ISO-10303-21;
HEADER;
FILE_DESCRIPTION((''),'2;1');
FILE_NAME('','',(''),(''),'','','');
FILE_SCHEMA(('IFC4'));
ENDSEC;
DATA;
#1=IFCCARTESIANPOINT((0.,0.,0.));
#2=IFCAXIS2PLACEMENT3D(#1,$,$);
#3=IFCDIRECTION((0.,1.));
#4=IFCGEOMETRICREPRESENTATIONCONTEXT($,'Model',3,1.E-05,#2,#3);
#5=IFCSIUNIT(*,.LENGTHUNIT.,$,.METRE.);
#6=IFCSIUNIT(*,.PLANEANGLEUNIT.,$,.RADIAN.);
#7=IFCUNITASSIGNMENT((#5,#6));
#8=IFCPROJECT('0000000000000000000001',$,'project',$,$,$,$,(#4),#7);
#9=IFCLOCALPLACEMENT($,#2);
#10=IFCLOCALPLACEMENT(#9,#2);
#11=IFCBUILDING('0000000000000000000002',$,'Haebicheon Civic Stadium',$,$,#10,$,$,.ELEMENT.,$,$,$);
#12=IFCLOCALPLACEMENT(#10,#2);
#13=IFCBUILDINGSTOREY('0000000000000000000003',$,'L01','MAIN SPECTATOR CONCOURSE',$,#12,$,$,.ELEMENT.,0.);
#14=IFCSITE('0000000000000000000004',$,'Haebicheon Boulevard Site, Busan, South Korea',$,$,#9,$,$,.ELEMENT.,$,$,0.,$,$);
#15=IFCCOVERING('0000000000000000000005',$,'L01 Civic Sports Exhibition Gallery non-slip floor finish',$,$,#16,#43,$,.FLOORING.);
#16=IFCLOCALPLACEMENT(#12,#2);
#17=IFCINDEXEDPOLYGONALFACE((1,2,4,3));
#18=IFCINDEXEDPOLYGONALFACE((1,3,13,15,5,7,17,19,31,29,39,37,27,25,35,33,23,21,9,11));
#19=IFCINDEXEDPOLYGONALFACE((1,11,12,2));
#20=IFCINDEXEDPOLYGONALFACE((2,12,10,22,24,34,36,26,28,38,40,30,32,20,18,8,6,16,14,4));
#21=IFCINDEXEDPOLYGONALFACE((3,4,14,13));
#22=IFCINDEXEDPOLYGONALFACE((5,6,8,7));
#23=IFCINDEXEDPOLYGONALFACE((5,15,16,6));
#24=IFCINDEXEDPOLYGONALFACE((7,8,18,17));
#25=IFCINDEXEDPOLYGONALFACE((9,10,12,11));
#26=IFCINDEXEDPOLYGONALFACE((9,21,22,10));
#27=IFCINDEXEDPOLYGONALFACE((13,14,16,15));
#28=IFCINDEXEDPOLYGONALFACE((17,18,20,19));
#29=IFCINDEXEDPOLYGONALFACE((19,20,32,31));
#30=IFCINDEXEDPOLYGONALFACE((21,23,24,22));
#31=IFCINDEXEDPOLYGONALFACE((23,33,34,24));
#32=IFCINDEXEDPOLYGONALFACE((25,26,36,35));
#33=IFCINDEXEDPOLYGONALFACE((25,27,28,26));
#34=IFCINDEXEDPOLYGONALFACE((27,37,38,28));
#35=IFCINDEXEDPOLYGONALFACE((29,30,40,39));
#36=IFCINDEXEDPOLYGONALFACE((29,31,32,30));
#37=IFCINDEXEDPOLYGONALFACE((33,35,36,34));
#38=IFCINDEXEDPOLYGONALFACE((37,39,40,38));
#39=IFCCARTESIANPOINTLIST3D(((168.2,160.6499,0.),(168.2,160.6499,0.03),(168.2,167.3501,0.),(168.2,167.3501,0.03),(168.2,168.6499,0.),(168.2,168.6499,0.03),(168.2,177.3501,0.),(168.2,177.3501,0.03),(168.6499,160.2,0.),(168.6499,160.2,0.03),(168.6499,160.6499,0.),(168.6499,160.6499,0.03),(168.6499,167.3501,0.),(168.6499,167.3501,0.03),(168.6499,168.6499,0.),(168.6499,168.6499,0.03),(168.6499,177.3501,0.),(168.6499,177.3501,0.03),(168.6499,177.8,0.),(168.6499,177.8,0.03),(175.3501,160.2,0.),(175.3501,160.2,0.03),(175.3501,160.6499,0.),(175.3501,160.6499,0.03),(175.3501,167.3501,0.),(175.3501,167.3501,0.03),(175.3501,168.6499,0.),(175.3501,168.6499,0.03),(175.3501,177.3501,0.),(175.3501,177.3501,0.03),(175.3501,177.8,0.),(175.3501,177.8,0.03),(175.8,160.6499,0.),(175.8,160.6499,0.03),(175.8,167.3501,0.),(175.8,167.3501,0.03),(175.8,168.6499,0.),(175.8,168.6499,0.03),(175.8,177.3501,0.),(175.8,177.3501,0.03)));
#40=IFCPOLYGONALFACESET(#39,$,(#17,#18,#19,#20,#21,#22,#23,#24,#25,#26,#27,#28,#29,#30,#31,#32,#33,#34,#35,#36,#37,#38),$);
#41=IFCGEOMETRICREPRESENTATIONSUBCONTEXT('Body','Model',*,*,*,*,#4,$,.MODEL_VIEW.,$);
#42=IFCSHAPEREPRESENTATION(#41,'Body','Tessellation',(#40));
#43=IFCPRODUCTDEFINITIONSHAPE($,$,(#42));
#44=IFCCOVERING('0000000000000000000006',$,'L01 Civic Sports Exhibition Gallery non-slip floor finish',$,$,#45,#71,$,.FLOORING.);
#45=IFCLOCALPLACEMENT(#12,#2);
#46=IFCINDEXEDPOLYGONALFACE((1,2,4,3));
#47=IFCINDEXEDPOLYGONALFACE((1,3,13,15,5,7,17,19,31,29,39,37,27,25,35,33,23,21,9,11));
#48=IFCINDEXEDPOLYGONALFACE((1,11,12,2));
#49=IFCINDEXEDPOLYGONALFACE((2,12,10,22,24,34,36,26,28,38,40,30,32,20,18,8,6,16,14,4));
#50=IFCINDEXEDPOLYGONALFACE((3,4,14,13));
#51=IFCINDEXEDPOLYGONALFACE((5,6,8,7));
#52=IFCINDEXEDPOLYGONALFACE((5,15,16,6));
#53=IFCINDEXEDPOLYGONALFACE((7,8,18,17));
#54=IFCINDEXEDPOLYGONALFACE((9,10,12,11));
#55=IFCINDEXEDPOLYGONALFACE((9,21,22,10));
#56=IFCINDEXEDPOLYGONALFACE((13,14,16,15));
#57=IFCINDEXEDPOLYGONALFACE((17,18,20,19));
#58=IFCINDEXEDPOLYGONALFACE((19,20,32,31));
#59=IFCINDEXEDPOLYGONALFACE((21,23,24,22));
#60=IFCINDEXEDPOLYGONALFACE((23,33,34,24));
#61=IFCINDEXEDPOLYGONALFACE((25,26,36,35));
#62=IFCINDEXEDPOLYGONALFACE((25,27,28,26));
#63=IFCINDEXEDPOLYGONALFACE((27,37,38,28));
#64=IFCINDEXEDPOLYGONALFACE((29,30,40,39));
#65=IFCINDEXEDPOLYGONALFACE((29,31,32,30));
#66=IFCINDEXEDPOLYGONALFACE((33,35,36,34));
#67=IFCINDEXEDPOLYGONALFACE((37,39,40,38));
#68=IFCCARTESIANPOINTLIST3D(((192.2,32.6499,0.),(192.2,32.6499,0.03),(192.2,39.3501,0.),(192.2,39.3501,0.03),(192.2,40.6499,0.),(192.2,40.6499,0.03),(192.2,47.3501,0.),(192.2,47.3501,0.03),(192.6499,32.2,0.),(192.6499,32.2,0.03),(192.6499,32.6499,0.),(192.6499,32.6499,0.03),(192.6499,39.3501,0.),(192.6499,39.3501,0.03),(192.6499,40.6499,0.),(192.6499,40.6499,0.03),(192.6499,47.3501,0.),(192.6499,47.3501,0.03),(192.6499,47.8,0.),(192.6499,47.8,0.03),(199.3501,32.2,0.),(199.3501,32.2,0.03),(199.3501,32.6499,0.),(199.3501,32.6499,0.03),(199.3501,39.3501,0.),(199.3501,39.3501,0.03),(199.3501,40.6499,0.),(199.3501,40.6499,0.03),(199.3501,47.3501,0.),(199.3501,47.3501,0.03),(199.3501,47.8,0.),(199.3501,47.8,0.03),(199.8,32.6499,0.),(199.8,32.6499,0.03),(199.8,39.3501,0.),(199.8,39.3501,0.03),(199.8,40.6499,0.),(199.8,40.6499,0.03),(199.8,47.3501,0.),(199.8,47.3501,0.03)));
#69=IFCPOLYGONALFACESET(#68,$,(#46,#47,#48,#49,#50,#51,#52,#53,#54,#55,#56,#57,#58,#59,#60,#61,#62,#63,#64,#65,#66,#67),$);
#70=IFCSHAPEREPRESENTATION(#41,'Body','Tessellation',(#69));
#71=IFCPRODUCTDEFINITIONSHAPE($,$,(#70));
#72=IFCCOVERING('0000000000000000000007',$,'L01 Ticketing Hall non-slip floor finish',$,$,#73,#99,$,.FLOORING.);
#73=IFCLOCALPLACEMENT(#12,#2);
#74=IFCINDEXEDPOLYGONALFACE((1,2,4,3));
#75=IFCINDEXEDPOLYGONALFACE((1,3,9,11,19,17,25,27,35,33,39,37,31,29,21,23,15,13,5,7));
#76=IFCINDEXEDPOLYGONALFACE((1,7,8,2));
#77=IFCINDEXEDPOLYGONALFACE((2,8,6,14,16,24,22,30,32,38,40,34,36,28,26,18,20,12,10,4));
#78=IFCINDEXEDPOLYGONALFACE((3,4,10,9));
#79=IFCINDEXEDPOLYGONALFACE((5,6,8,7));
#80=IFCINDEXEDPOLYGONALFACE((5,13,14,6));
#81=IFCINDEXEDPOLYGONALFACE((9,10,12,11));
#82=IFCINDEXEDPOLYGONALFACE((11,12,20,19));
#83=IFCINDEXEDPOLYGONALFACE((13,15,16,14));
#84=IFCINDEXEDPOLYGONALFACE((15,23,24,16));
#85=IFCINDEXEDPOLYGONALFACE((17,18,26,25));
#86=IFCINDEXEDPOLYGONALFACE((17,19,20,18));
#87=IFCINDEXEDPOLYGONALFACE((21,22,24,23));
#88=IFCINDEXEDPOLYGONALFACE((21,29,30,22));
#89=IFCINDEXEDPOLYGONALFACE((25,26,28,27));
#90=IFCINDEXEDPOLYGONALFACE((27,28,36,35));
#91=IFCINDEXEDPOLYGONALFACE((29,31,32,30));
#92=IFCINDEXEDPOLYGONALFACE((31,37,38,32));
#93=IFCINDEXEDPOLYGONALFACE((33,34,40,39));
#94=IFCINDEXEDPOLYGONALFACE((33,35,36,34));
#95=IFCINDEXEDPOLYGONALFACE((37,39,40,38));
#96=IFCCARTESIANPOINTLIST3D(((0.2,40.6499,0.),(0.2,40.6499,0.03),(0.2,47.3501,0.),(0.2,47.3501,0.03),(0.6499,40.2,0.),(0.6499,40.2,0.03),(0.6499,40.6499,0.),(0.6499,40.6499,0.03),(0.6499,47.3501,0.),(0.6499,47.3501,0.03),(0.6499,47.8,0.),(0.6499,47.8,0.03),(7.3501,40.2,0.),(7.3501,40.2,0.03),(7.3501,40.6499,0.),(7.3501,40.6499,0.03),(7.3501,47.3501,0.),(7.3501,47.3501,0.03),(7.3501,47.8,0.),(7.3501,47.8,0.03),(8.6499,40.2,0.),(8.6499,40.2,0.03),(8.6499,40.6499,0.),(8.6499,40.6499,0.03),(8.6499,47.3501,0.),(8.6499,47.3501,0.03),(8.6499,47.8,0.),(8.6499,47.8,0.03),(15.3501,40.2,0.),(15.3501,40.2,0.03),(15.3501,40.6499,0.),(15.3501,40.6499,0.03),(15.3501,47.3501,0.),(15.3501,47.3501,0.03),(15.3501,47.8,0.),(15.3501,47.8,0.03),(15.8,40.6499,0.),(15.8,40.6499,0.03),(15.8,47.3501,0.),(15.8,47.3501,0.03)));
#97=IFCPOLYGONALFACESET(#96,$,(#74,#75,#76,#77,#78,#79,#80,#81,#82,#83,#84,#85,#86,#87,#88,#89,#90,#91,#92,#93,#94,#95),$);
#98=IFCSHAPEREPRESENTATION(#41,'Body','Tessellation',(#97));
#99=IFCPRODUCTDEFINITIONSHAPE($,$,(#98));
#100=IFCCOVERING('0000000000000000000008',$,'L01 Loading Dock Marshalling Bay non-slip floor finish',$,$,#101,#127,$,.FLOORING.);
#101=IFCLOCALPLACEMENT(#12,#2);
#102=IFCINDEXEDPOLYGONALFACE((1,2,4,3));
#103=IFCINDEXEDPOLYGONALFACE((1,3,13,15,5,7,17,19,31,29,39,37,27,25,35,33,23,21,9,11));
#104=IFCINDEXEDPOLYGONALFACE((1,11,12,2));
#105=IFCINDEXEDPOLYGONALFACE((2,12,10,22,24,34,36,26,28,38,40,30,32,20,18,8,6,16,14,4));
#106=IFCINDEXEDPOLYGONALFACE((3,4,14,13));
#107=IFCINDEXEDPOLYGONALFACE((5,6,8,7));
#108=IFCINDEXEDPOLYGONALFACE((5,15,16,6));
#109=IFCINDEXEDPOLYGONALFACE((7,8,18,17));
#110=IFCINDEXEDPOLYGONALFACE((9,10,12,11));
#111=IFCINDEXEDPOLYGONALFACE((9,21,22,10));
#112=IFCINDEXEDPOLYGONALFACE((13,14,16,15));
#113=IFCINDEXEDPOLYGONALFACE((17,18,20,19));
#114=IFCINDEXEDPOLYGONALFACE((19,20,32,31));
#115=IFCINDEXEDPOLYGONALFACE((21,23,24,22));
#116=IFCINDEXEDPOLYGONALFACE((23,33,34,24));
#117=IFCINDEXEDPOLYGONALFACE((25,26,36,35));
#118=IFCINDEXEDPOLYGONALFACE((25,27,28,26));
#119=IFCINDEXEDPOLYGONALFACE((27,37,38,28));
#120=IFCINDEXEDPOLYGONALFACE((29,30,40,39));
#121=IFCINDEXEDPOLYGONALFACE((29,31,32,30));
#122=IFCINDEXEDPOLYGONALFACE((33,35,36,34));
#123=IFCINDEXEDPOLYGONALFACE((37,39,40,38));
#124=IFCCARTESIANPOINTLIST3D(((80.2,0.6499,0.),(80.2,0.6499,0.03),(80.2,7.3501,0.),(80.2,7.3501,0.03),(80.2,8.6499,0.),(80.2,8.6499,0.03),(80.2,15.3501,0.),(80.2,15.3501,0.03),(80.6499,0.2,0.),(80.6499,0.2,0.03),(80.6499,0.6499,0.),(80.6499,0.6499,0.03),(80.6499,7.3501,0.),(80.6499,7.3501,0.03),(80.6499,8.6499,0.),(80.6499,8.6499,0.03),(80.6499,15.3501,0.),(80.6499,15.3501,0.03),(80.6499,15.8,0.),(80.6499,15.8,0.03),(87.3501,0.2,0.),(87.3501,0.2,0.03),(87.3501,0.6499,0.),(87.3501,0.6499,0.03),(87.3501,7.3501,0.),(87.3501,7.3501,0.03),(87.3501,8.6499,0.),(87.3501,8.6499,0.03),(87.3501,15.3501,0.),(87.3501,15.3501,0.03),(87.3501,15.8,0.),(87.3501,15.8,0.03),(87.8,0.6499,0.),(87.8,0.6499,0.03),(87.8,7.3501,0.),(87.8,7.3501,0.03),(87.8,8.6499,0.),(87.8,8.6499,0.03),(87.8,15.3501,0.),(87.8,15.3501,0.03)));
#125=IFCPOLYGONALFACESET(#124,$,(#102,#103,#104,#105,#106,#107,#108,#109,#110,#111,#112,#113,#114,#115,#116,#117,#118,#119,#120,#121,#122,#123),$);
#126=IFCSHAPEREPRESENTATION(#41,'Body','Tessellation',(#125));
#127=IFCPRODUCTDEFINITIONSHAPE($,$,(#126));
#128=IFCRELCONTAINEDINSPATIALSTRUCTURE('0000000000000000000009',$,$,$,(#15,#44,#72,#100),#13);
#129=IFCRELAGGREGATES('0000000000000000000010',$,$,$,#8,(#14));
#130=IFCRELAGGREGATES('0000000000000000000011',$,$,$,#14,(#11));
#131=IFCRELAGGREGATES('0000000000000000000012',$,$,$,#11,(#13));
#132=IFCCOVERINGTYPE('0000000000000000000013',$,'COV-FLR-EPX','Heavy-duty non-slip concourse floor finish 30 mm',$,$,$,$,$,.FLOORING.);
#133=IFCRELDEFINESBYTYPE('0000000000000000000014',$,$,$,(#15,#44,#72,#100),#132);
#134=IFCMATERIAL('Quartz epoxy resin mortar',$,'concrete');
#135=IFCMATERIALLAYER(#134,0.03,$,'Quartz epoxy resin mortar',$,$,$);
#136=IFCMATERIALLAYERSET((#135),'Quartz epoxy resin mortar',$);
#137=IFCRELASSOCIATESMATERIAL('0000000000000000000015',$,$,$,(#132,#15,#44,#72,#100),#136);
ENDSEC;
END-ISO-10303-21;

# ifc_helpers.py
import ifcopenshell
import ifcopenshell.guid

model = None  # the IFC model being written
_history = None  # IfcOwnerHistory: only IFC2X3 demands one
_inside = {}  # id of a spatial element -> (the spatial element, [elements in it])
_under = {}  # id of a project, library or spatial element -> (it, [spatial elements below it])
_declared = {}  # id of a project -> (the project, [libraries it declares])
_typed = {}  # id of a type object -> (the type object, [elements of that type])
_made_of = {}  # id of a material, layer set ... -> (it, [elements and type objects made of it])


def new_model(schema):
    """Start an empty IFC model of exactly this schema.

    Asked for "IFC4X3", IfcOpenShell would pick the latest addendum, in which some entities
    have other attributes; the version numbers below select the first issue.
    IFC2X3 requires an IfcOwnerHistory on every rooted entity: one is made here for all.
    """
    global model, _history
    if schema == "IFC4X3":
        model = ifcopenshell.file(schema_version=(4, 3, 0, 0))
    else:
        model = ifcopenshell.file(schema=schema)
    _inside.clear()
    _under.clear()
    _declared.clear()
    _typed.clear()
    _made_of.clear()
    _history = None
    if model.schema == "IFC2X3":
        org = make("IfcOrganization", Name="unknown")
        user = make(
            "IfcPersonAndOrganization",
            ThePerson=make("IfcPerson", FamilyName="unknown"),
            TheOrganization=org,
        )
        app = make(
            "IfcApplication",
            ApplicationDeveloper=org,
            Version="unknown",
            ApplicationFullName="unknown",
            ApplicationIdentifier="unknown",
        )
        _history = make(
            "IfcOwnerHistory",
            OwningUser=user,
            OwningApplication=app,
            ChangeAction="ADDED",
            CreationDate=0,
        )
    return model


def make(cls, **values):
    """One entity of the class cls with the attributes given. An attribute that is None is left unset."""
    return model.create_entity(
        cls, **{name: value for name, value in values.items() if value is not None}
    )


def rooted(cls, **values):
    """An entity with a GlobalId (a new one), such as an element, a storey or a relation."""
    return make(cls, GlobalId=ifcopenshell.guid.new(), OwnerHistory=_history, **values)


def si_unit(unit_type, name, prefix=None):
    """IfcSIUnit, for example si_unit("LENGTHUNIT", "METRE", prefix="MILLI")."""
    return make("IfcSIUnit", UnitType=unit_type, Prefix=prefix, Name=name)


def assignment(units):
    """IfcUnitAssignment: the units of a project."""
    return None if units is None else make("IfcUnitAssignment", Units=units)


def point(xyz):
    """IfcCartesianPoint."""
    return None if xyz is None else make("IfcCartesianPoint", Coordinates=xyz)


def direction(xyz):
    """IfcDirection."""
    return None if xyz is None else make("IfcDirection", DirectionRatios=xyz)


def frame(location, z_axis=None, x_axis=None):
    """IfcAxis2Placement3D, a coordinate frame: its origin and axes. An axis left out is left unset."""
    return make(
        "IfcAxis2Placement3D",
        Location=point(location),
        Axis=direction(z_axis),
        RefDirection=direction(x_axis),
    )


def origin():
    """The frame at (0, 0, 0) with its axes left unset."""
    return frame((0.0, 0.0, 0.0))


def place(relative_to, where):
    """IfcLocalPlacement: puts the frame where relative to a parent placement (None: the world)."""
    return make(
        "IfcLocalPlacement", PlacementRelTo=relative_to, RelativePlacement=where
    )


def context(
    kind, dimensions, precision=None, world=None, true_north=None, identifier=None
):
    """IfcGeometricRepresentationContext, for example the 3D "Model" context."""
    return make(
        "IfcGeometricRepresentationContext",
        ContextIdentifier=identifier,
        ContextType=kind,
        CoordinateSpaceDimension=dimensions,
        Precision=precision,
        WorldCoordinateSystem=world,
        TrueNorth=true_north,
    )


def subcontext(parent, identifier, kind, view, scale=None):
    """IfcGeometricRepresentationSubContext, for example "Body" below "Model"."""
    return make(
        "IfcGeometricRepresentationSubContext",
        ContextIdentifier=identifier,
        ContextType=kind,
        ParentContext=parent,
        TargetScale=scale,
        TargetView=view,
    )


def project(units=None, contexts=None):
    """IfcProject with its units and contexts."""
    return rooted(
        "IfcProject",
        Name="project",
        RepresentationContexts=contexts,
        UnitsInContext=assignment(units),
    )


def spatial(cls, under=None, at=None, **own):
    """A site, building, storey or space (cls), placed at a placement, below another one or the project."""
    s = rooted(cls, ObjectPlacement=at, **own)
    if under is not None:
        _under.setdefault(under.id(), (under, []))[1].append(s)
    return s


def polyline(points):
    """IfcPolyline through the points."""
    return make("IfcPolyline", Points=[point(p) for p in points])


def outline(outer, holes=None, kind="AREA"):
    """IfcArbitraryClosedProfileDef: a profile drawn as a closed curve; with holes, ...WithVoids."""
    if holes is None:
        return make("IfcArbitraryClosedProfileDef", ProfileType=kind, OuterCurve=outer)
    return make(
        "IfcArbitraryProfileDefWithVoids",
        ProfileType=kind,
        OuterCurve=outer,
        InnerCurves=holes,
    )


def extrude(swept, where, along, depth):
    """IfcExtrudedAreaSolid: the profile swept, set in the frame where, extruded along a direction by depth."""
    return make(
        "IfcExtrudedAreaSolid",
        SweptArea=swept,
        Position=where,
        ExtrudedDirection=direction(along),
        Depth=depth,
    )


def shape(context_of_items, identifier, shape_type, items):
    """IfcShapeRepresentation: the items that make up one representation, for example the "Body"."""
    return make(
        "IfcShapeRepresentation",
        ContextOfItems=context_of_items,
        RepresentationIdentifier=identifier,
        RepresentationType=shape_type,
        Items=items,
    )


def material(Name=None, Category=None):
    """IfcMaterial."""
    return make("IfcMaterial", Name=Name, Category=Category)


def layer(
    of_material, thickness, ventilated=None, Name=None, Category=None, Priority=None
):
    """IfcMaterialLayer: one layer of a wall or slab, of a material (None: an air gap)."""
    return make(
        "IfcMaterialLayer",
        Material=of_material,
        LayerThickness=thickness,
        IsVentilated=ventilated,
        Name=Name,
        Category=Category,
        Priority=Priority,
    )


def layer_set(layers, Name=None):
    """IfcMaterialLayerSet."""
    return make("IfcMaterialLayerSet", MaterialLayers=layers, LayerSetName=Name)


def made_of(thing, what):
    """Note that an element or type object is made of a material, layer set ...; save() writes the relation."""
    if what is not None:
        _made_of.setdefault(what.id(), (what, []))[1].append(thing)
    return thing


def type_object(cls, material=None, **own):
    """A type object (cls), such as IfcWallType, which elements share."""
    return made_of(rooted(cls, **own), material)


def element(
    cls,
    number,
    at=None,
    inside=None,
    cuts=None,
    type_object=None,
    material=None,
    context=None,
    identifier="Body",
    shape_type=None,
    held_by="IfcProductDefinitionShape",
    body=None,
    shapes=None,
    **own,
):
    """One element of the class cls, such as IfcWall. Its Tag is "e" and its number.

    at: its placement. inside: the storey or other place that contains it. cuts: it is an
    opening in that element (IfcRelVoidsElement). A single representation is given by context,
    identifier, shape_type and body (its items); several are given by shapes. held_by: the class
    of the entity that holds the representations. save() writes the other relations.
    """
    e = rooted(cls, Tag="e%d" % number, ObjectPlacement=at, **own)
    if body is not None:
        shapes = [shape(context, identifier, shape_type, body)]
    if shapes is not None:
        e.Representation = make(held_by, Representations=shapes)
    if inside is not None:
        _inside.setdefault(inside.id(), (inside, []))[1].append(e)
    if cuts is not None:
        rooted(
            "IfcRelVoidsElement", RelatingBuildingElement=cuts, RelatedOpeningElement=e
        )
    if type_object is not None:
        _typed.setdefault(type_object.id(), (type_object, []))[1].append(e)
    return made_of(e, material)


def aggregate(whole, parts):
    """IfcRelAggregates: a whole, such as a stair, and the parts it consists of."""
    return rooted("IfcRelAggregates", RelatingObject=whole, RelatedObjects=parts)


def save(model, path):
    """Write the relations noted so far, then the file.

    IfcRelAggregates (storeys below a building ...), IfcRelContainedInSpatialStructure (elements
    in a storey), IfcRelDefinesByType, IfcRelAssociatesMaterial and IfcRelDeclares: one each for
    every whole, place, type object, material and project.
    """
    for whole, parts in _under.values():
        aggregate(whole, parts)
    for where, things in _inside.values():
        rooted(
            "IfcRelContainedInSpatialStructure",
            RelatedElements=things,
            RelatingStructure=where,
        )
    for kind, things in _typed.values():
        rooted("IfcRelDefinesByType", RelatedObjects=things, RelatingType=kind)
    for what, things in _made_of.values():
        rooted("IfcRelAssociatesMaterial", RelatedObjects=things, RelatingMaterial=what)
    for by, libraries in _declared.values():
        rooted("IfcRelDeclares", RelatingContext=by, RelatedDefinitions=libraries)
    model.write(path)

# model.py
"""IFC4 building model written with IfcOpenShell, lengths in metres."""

from ifc_helpers import new_model, si_unit, direction, origin, place, context, subcontext, project, spatial, polyline, outline, extrude, material, layer, layer_set, type_object, element, save


model = new_model("IFC4")

# Units and contexts
model_context = context("Model", 3, precision=1e-05, world=origin(), true_north=direction((0.0, 1.0)))
body_context = subcontext(model_context, "Body", "Model", "MODEL_VIEW")
ifc_project = project(units=[si_unit("LENGTHUNIT", "METRE"), si_unit("PLANEANGLEUNIT", "RADIAN")], contexts=[model_context])

# Site, building, storey
site_placement = place(None, origin())
site = spatial("IfcSite", under=ifc_project, at=site_placement, Name="Haebicheon Boulevard Site, Busan, South Korea", CompositionType="ELEMENT", RefElevation=0.0)
building_placement = place(site_placement, origin())
building = spatial("IfcBuilding", under=site, at=building_placement, Name="Haebicheon Civic Stadium", CompositionType="ELEMENT")
storey_placement = place(building_placement, origin())
storey = spatial("IfcBuildingStorey", under=building, at=storey_placement, Name="L01", Description="MAIN SPECTATOR CONCOURSE", CompositionType="ELEMENT", Elevation=0.0)

# Coverings
ifc_material_1 = material(Name="Quartz epoxy resin mortar", Category="concrete")
ifc_layer_1 = layer(ifc_material_1, 0.03, Name="Quartz epoxy resin mortar")
ifc_layer_set_1 = layer_set([ifc_layer_1], Name="Quartz epoxy resin mortar")
covering_type_1 = type_object("IfcCoveringType", Name="COV-FLR-EPX", Description="Heavy-duty non-slip concourse floor finish 30 mm", PredefinedType="FLOORING", material=ifc_layer_set_1)
covering_1_placement = place(storey_placement, origin())
element("IfcCovering", 1, at=covering_1_placement, inside=storey, type_object=covering_type_1, material=ifc_layer_set_1, Name="L01 Civic Sports Exhibition Gallery non-slip floor finish", PredefinedType="FLOORING", context=body_context, shape_type="SweptSolid", body=[
    extrude(outline(polyline([(168.6499, 160.2), (168.6499, 160.6499), (168.2, 160.6499), (168.2, 167.3501), (168.6499, 167.3501), (168.6499, 168.6499), (168.2, 168.6499), (168.2, 177.3501), (168.6499, 177.3501), (168.6499, 177.8), (175.3501, 177.8), (175.3501, 177.3501), (175.8, 177.3501), (175.8, 168.6499), (175.3501, 168.6499), (175.3501, 167.3501), (175.8, 167.3501), (175.8, 160.6499), (175.3501, 160.6499), (175.3501, 160.2), (168.6499, 160.2)])), origin(), (0.0, 0.0, 1.0), 0.03),
])
covering_2_placement = place(storey_placement, origin())
element("IfcCovering", 2, at=covering_2_placement, inside=storey, type_object=covering_type_1, material=ifc_layer_set_1, Name="L01 Civic Sports Exhibition Gallery non-slip floor finish", PredefinedType="FLOORING", context=body_context, shape_type="SweptSolid", body=[
    extrude(outline(polyline([(192.6499, 32.2), (192.6499, 32.6499), (192.2, 32.6499), (192.2, 39.3501), (192.6499, 39.3501), (192.6499, 40.6499), (192.2, 40.6499), (192.2, 47.3501), (192.6499, 47.3501), (192.6499, 47.8), (199.3501, 47.8), (199.3501, 47.3501), (199.8, 47.3501), (199.8, 40.6499), (199.3501, 40.6499), (199.3501, 39.3501), (199.8, 39.3501), (199.8, 32.6499), (199.3501, 32.6499), (199.3501, 32.2), (192.6499, 32.2)])), origin(), (0.0, 0.0, 1.0), 0.03),
])
covering_3_placement = place(storey_placement, origin())
element("IfcCovering", 3, at=covering_3_placement, inside=storey, type_object=covering_type_1, material=ifc_layer_set_1, Name="L01 Ticketing Hall non-slip floor finish", PredefinedType="FLOORING", context=body_context, shape_type="SweptSolid", body=[
    extrude(outline(polyline([(0.2, 47.3501), (0.6499, 47.3501), (0.6499, 47.8), (7.3501, 47.8), (7.3501, 47.3501), (8.6499, 47.3501), (8.6499, 47.8), (15.3501, 47.8), (15.3501, 47.3501), (15.8, 47.3501), (15.8, 40.6499), (15.3501, 40.6499), (15.3501, 40.2), (8.6499, 40.2), (8.6499, 40.6499), (7.3501, 40.6499), (7.3501, 40.2), (0.6499, 40.2), (0.6499, 40.6499), (0.2, 40.6499), (0.2, 47.3501)])), origin(), (0.0, 0.0, 1.0), 0.03),
])
covering_4_placement = place(storey_placement, origin())
element("IfcCovering", 4, at=covering_4_placement, inside=storey, type_object=covering_type_1, material=ifc_layer_set_1, Name="L01 Loading Dock Marshalling Bay non-slip floor finish", PredefinedType="FLOORING", context=body_context, shape_type="SweptSolid", body=[
    extrude(outline(polyline([(80.6499, 0.2), (80.6499, 0.6499), (80.2, 0.6499), (80.2, 7.3501), (80.6499, 7.3501), (80.6499, 8.6499), (80.2, 8.6499), (80.2, 15.3501), (80.6499, 15.3501), (80.6499, 15.8), (87.3501, 15.8), (87.3501, 15.3501), (87.8, 15.3501), (87.8, 8.6499), (87.3501, 8.6499), (87.3501, 7.3501), (87.8, 7.3501), (87.8, 0.6499), (87.3501, 0.6499), (87.3501, 0.2), (80.6499, 0.2)])), origin(), (0.0, 0.0, 1.0), 0.03),
])

save(model, "model.ifc")
